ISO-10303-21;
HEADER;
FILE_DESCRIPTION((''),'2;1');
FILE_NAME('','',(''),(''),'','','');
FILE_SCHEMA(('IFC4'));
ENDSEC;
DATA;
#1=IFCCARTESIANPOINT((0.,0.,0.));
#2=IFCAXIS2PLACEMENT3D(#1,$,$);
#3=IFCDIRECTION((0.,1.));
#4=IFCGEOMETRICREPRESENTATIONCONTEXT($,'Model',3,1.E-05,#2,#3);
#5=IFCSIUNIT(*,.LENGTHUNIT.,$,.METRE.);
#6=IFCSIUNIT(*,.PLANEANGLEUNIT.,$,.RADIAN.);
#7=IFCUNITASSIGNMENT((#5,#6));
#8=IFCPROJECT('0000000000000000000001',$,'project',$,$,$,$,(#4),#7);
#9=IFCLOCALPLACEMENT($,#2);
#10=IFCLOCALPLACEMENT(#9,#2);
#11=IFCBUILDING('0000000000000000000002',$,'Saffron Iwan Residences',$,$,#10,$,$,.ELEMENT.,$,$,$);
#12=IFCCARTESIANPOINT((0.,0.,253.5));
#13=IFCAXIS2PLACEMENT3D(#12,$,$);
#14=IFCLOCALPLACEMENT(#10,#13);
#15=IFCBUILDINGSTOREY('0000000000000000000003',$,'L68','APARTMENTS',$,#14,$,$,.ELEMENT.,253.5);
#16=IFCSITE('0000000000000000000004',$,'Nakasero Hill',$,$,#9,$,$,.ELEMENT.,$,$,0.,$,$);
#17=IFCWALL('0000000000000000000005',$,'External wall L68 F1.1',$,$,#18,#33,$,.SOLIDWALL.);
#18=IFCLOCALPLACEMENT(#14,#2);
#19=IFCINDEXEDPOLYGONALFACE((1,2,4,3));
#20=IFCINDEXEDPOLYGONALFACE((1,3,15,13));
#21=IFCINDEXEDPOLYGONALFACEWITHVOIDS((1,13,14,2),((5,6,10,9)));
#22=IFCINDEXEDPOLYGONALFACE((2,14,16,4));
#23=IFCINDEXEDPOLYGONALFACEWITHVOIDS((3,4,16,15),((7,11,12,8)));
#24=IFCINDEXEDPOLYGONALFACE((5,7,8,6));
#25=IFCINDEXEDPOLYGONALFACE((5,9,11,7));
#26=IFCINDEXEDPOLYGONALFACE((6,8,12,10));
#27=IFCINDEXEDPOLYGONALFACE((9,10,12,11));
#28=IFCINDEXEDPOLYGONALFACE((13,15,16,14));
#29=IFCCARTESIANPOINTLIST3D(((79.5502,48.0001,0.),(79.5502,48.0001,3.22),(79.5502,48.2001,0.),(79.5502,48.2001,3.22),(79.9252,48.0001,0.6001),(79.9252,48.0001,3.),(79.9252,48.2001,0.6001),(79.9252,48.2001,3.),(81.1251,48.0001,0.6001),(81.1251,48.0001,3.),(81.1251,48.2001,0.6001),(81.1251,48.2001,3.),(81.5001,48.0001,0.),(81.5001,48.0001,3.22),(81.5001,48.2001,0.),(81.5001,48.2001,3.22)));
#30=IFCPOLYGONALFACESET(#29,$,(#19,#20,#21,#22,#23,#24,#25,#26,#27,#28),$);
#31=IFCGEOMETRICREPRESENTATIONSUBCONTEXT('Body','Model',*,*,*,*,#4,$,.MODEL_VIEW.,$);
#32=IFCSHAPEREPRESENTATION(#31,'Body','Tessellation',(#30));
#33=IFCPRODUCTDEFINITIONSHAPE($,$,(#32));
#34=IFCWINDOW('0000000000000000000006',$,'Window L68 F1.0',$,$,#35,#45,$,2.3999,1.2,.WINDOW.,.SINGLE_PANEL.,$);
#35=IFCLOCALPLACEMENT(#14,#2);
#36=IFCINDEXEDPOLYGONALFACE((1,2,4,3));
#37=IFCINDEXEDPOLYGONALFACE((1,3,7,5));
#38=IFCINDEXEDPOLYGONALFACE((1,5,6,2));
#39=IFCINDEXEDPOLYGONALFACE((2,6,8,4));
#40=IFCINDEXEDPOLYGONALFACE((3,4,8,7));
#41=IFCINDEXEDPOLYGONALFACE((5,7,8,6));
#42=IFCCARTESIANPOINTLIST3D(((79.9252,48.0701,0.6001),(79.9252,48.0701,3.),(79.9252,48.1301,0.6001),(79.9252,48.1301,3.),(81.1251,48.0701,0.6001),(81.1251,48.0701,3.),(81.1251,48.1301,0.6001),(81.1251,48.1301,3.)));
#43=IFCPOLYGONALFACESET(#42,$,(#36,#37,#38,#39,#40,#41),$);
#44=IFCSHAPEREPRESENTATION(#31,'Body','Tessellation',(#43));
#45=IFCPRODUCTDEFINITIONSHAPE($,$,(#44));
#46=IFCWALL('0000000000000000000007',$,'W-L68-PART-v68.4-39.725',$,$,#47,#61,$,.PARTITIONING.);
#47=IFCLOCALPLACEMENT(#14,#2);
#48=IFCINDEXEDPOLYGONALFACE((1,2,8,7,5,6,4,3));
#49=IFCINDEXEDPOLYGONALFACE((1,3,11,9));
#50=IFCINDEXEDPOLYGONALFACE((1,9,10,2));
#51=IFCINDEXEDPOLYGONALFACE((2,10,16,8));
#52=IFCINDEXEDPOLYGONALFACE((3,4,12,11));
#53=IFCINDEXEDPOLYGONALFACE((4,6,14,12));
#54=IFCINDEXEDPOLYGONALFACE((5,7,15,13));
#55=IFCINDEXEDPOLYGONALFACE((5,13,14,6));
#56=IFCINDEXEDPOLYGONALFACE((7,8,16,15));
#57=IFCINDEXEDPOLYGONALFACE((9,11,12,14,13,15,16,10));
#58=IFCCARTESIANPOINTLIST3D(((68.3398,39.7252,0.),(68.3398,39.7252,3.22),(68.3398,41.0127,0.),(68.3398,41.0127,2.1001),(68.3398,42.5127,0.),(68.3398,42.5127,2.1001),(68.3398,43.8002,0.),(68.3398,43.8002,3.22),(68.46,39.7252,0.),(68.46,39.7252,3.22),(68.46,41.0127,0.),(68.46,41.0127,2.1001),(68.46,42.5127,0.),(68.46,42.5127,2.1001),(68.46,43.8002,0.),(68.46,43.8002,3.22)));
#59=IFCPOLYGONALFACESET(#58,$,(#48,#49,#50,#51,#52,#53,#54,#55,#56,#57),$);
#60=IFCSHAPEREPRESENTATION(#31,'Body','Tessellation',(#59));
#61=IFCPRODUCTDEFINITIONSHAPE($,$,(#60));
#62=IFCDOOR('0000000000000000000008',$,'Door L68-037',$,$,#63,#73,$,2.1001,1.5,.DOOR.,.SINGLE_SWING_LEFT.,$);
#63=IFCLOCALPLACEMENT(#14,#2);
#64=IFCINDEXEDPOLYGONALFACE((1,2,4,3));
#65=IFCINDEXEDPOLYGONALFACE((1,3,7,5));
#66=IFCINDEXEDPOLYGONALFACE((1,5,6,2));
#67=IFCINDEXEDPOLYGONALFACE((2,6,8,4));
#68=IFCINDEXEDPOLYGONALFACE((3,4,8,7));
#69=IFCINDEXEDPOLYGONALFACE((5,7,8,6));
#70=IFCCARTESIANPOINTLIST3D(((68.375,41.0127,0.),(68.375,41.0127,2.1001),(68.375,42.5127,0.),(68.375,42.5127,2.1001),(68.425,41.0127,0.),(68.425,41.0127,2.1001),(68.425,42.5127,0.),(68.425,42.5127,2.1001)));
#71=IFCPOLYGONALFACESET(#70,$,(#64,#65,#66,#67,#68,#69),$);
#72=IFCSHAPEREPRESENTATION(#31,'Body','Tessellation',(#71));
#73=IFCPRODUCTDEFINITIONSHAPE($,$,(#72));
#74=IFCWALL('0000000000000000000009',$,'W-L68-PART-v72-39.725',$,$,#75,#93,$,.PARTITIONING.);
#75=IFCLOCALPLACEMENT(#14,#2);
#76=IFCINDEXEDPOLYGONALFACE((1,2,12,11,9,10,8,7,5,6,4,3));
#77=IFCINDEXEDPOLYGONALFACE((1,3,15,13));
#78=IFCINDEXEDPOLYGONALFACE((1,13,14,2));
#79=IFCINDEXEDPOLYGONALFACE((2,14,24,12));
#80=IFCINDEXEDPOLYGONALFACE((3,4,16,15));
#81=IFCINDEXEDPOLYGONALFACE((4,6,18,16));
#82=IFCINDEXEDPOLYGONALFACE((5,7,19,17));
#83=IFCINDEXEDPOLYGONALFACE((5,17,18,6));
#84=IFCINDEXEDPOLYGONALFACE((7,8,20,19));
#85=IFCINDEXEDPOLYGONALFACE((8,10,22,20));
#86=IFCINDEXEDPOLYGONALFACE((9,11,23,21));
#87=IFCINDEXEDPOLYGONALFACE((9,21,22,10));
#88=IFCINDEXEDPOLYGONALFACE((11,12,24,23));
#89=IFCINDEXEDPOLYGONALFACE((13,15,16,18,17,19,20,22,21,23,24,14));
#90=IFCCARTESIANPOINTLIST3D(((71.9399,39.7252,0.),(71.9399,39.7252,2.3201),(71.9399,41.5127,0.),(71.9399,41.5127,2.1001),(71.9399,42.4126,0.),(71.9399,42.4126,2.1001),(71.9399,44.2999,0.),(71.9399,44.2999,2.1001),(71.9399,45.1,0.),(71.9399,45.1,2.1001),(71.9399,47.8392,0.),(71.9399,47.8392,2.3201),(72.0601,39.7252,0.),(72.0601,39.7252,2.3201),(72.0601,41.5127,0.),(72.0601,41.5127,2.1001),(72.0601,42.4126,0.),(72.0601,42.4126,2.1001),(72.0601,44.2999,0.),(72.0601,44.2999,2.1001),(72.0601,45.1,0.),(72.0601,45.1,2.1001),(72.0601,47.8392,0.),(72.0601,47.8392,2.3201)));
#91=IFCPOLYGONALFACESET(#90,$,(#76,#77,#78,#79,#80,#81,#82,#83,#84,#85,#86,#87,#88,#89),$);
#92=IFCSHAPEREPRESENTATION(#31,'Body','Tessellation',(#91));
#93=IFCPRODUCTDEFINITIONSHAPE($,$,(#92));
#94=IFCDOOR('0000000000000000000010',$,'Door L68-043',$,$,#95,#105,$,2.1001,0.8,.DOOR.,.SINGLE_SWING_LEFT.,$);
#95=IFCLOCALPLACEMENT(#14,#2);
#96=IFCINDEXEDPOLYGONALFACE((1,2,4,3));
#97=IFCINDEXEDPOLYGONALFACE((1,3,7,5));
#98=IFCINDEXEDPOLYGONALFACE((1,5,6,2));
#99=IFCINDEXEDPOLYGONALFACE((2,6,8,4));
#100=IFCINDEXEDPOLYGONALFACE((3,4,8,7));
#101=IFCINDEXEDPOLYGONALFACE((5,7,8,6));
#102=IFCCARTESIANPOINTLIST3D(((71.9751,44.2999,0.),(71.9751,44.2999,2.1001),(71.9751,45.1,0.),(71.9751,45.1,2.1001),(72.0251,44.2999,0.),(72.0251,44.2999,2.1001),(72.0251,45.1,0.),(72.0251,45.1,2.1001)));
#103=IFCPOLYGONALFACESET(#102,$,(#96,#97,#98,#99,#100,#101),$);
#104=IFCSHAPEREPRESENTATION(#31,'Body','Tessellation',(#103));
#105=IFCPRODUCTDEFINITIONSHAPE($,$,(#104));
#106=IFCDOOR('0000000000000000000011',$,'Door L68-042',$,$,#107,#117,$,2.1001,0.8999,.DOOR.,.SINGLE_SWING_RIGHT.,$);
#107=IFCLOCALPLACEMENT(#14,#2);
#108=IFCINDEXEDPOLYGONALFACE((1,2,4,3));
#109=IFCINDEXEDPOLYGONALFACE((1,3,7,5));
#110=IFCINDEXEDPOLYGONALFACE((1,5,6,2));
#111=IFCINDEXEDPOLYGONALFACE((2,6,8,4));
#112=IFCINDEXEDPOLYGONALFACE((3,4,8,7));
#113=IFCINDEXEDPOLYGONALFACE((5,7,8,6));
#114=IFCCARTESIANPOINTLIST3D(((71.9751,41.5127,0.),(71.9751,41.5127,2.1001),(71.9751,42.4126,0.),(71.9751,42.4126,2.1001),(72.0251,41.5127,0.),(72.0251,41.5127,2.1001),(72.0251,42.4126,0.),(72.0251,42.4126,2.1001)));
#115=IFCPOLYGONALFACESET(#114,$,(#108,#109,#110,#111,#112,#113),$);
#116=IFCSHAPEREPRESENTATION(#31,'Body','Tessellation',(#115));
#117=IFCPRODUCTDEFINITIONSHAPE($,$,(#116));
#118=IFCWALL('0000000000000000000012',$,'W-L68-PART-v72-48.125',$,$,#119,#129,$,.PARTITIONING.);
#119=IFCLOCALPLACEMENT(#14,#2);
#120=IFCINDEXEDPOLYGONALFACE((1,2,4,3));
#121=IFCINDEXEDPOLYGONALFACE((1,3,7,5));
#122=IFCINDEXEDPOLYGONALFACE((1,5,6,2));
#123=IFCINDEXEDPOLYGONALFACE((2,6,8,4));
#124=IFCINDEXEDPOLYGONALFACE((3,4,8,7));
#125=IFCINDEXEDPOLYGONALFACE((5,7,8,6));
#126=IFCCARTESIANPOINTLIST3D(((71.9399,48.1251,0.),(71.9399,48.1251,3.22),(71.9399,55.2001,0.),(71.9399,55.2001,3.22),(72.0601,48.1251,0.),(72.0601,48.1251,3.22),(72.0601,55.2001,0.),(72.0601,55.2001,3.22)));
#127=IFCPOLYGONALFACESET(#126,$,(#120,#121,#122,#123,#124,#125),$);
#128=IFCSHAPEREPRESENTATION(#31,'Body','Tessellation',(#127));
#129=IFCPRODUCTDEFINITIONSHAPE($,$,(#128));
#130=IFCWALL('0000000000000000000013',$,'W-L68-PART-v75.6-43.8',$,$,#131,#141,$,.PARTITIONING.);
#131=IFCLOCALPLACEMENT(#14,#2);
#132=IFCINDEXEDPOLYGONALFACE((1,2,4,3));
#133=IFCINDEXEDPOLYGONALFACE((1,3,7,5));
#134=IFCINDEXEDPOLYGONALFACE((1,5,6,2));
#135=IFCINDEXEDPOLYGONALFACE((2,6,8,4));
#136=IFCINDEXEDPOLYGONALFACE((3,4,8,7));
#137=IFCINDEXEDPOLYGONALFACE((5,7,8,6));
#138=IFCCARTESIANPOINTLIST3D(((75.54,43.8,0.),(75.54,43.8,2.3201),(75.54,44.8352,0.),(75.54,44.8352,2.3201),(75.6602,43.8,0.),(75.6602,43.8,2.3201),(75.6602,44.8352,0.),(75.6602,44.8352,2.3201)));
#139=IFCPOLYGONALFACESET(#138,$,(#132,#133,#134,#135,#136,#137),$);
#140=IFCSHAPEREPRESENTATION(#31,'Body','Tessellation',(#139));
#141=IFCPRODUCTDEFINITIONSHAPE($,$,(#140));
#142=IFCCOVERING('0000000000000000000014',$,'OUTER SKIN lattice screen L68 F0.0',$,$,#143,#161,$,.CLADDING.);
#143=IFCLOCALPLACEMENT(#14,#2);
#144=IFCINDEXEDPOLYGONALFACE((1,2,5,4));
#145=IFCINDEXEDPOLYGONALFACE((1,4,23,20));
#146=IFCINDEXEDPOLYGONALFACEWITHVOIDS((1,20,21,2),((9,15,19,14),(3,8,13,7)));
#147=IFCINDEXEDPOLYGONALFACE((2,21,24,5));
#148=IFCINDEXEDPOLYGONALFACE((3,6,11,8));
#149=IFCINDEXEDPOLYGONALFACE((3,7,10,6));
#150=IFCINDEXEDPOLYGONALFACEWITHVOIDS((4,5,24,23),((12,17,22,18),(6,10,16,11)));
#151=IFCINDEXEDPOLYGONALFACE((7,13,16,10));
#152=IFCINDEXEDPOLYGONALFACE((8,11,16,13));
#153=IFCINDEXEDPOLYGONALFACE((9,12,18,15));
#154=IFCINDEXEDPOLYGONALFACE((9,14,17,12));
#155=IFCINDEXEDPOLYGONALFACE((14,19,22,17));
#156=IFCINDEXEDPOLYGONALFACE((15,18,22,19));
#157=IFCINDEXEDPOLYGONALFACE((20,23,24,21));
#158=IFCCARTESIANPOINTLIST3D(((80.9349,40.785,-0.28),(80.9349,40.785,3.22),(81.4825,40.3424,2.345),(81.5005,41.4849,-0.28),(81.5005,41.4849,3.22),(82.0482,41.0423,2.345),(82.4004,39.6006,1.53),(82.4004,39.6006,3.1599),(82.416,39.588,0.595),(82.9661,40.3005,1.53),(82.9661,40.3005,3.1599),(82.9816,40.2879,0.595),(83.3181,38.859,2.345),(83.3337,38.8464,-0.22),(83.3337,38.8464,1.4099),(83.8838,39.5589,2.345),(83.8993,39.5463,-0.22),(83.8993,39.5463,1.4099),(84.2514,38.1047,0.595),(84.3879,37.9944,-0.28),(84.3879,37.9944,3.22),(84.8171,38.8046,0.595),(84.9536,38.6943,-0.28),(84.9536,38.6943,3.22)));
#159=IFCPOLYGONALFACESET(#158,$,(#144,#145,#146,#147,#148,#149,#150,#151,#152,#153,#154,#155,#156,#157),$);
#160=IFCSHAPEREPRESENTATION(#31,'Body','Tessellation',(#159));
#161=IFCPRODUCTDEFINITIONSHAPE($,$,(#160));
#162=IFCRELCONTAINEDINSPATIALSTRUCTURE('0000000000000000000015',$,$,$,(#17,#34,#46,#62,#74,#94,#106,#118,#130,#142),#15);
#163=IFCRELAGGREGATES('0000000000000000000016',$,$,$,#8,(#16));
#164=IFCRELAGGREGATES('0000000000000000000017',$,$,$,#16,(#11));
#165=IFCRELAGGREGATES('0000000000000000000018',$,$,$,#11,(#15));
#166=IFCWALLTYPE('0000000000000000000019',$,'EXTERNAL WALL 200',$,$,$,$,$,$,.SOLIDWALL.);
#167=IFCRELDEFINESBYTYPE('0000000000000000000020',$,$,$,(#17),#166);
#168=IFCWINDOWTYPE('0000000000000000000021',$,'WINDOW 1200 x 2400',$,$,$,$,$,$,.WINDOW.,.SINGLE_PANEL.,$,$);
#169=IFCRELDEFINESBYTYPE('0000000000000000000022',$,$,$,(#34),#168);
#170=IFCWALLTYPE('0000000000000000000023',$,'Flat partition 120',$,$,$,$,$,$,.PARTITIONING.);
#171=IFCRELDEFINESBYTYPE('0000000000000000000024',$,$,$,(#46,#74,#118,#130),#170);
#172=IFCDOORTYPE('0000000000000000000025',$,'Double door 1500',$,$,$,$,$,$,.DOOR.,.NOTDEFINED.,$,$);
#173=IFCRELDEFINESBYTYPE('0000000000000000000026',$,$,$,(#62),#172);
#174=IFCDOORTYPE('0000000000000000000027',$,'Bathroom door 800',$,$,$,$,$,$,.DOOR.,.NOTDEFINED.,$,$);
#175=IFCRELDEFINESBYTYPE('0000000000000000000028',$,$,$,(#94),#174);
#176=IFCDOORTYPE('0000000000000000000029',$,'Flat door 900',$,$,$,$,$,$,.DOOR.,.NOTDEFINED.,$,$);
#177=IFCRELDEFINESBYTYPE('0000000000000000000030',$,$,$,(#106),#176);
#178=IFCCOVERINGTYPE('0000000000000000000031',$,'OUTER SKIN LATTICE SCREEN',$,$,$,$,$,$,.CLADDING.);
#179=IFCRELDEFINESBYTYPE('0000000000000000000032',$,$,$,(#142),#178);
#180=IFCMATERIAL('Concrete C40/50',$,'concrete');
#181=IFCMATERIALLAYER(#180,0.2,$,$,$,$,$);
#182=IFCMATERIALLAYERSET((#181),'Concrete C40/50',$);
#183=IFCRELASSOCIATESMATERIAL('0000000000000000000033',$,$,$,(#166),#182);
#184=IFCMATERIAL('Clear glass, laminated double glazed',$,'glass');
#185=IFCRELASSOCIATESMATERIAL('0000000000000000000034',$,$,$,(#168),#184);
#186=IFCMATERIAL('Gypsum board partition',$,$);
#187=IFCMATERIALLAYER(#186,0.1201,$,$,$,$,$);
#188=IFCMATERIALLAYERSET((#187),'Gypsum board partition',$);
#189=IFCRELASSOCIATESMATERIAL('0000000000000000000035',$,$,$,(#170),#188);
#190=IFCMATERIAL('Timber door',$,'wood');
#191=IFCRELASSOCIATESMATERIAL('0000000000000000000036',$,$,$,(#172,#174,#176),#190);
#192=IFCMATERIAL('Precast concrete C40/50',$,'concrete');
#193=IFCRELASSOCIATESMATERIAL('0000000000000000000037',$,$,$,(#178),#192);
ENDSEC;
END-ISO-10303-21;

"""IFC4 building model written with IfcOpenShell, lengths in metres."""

from ifc_helpers import new_model, si_unit, direction, frame, frame_2d, origin, place, context, subcontext, project, spatial, polyline, rectangle, outline, extrude, material, layer, layer_set, type_object, element, fill, save


model = new_model("IFC4")

# Units and contexts
model_context = context("Model", 3, precision=1e-05, world=origin(), true_north=direction((0.0, 1.0)))
body_context = subcontext(model_context, "Body", "Model", "MODEL_VIEW")
ifc_project = project(units=[si_unit("LENGTHUNIT", "METRE"), si_unit("PLANEANGLEUNIT", "RADIAN")], contexts=[model_context])

# Site, building, storey
site_placement = place(None, origin())
site = spatial("IfcSite", under=ifc_project, at=site_placement, Name="Nakasero Hill", CompositionType="ELEMENT", RefElevation=0.0)
building_placement = place(site_placement, origin())
building = spatial("IfcBuilding", under=site, at=building_placement, Name="Saffron Iwan Residences", CompositionType="ELEMENT")
storey_placement = place(building_placement, frame((0.0, 0.0, 253.5)))
storey = spatial("IfcBuildingStorey", under=building, at=storey_placement, Name="L68", Description="APARTMENTS", CompositionType="ELEMENT", Elevation=253.5)

# Shared definitions
ifc_material_1 = material(Name="Concrete C40/50", Category="concrete")

# Shared definitions
ifc_layer_1 = layer(ifc_material_1, 0.2)
ifc_layer_set_1 = layer_set([ifc_layer_1], Name="Concrete C40/50")
wall_type_1 = type_object("IfcWallType", Name="EXTERNAL WALL 200", PredefinedType="SOLIDWALL", material=ifc_layer_set_1)
ifc_material_2 = material(Name="Clear glass, laminated double glazed", Category="glass")

# Wall, opening, window
wall_1_placement = place(storey_placement, frame((79.55, 48.1001, 0.0), z_axis=(0.0, 0.0, 1.0), x_axis=(1.0, 0.0, 0.0)))
wall_1 = element("IfcWall", 1, at=wall_1_placement, inside=storey, type_object=wall_type_1, Name="External wall L68 F1.1", PredefinedType="SOLIDWALL", context=body_context, shape_type="SweptSolid", body=[
    extrude(rectangle(XDim=1.95, YDim=0.2, at=frame_2d((0.9751, 0.0))), origin(), (0.0, 0.0, 1.0), 3.22),
])
opening_1_placement = place(wall_1_placement, frame((0.375, 0.0, 0.6001)))
opening_1 = element("IfcOpeningElement", 2, at=opening_1_placement, cuts=wall_1, PredefinedType="OPENING", context=body_context, shape_type="SweptSolid", body=[
    extrude(rectangle(XDim=1.2, YDim=2.3999, at=frame_2d((0.6001, 1.2))), frame((0.0, 0.1099, 0.0), z_axis=(0.0, -1.0, 0.0), x_axis=(1.0, 0.0, 0.0)), (0.0, 0.0, 1.0), 0.22),
])
window_type_1 = type_object("IfcWindowType", Name="WINDOW 1200 x 2400", PartitioningType="SINGLE_PANEL", PredefinedType="WINDOW", material=ifc_material_2)
window_1_placement = place(opening_1_placement, origin())
window_1 = element("IfcWindow", 3, at=window_1_placement, inside=storey, type_object=window_type_1, Name="Window L68 F1.0", OverallHeight=2.3999, OverallWidth=1.2, PartitioningType="SINGLE_PANEL", PredefinedType="WINDOW", context=body_context, shape_type="SweptSolid", body=[
    extrude(rectangle(XDim=1.2, YDim=2.3999, at=frame_2d((0.6001, 1.2))), frame((0.0, 0.03, 0.0), z_axis=(0.0, -1.0, 0.0), x_axis=(1.0, 0.0, 0.0)), (0.0, 0.0, 1.0), 0.0601),
])
fill(opening_1, window_1)

# Wall, opening, door
ifc_material_3 = material(Name="Gypsum board partition")
ifc_layer_2 = layer(ifc_material_3, 0.1201)
ifc_layer_set_2 = layer_set([ifc_layer_2], Name="Gypsum board partition")
wall_type_2 = type_object("IfcWallType", Name="Flat partition 120", PredefinedType="PARTITIONING", material=ifc_layer_set_2)
wall_2_placement = place(storey_placement, frame((68.3999, 39.7251, 0.0), z_axis=(0.0, 0.0, 1.0), x_axis=(0.0, 1.0, 0.0)))
wall_2 = element("IfcWall", 4, at=wall_2_placement, inside=storey, type_object=wall_type_2, Name="W-L68-PART-v68.4-39.725", PredefinedType="PARTITIONING", context=body_context, shape_type="SweptSolid", body=[
    extrude(rectangle(XDim=4.075, YDim=0.1201, at=frame_2d((2.0376, 0.0))), origin(), (0.0, 0.0, 1.0), 3.22),
])
opening_2_placement = place(wall_2_placement, frame((1.2876, 0.0, 0.0)))
opening_2 = element("IfcOpeningElement", 5, at=opening_2_placement, cuts=wall_2, PredefinedType="OPENING", context=body_context, shape_type="SweptSolid", body=[
    extrude(rectangle(XDim=1.5, YDim=2.1001, at=frame_2d((0.75, 1.05))), frame((0.0, 0.0701, 0.0), z_axis=(0.0, -1.0, 0.0), x_axis=(1.0, 0.0, 0.0)), (0.0, 0.0, 1.0), 0.1401),
])
ifc_material_4 = material(Name="Timber door", Category="wood")
door_type_1 = type_object("IfcDoorType", Name="Double door 1500", OperationType="NOTDEFINED", PredefinedType="DOOR", material=ifc_material_4)
door_1_placement = place(opening_2_placement, origin())
door_1 = element("IfcDoor", 6, at=door_1_placement, inside=storey, type_object=door_type_1, Name="Door L68-037", OperationType="SINGLE_SWING_LEFT", OverallHeight=2.1001, OverallWidth=1.5, PredefinedType="DOOR", context=body_context, shape_type="SweptSolid", body=[
    extrude(rectangle(XDim=1.5, YDim=2.1001, at=frame_2d((0.75, 1.05))), frame((0.0, 0.0249, 0.0), z_axis=(0.0, -1.0, 0.0), x_axis=(1.0, 0.0, 0.0)), (0.0, 0.0, 1.0), 0.05),
])
fill(opening_2, door_1)

# Wall, openings, doors
wall_3_placement = place(storey_placement, frame((72.0, 39.7251, 0.0), z_axis=(0.0, 0.0, 1.0), x_axis=(0.0, 1.0, 0.0)))
wall_3 = element("IfcWall", 7, at=wall_3_placement, inside=storey, type_object=wall_type_2, Name="W-L68-PART-v72-39.725", PredefinedType="PARTITIONING", context=body_context, shape_type="SweptSolid", body=[
    extrude(rectangle(XDim=8.114, YDim=0.1201, at=frame_2d((4.0571, 0.0))), origin(), (0.0, 0.0, 1.0), 2.3201),
])
opening_3_placement = place(wall_3_placement, frame((1.7876, 0.0, 0.0)))
opening_3 = element("IfcOpeningElement", 8, at=opening_3_placement, cuts=wall_3, PredefinedType="OPENING", context=body_context, shape_type="SweptSolid", body=[
    extrude(rectangle(XDim=0.8999, YDim=2.1001, at=frame_2d((0.45, 1.05))), frame((0.0, 0.0701, 0.0), z_axis=(0.0, -1.0, 0.0), x_axis=(1.0, 0.0, 0.0)), (0.0, 0.0, 1.0), 0.1401),
])
opening_4_placement = place(wall_3_placement, frame((4.575, 0.0, 0.0)))
opening_4 = element("IfcOpeningElement", 9, at=opening_4_placement, cuts=wall_3, PredefinedType="OPENING", context=body_context, shape_type="SweptSolid", body=[
    extrude(rectangle(XDim=0.8, YDim=2.1001, at=frame_2d((0.3999, 1.05))), frame((0.0, 0.0701, 0.0), z_axis=(0.0, -1.0, 0.0), x_axis=(1.0, 0.0, 0.0)), (0.0, 0.0, 1.0), 0.1401),
])
door_type_2 = type_object("IfcDoorType", Name="Bathroom door 800", OperationType="NOTDEFINED", PredefinedType="DOOR", material=ifc_material_4)
door_2_placement = place(opening_4_placement, origin())
door_2 = element("IfcDoor", 10, at=door_2_placement, inside=storey, type_object=door_type_2, Name="Door L68-043", OperationType="SINGLE_SWING_LEFT", OverallHeight=2.1001, OverallWidth=0.8, PredefinedType="DOOR", context=body_context, shape_type="SweptSolid", body=[
    extrude(rectangle(XDim=0.8, YDim=2.1001, at=frame_2d((0.3999, 1.05))), frame((0.0, 0.0249, 0.0), z_axis=(0.0, -1.0, 0.0), x_axis=(1.0, 0.0, 0.0)), (0.0, 0.0, 1.0), 0.05),
])
fill(opening_4, door_2)
door_type_3 = type_object("IfcDoorType", Name="Flat door 900", OperationType="NOTDEFINED", PredefinedType="DOOR", material=ifc_material_4)
door_3_placement = place(opening_3_placement, origin())
door_3 = element("IfcDoor", 11, at=door_3_placement, inside=storey, type_object=door_type_3, Name="Door L68-042", OperationType="SINGLE_SWING_RIGHT", OverallHeight=2.1001, OverallWidth=0.8999, PredefinedType="DOOR", context=body_context, shape_type="SweptSolid", body=[
    extrude(rectangle(XDim=0.8999, YDim=2.1001, at=frame_2d((0.45, 1.05))), frame((0.0, 0.0249, 0.0), z_axis=(0.0, -1.0, 0.0), x_axis=(1.0, 0.0, 0.0)), (0.0, 0.0, 1.0), 0.05),
])
fill(opening_3, door_3)

# Walls
wall_4_placement = place(storey_placement, frame((72.0, 48.125, 0.0), z_axis=(0.0, 0.0, 1.0), x_axis=(0.0, 1.0, 0.0)))
element("IfcWall", 12, at=wall_4_placement, inside=storey, type_object=wall_type_2, Name="W-L68-PART-v72-48.125", PredefinedType="PARTITIONING", context=body_context, shape_type="SweptSolid", body=[
    extrude(rectangle(XDim=7.075, YDim=0.1201, at=frame_2d((3.5376, 0.0))), origin(), (0.0, 0.0, 1.0), 3.22),
])
wall_5_placement = place(storey_placement, frame((75.6001, 43.8, 0.0), z_axis=(0.0, 0.0, 1.0), x_axis=(0.0, 1.0, 0.0)))
element("IfcWall", 13, at=wall_5_placement, inside=storey, type_object=wall_type_2, Name="W-L68-PART-v75.6-43.8", PredefinedType="PARTITIONING", context=body_context, shape_type="SweptSolid", body=[
    extrude(rectangle(XDim=1.0352, YDim=0.1201, at=frame_2d((0.5176, 0.0))), origin(), (0.0, 0.0, 1.0), 2.3201),
])

# Covering
ifc_material_5 = material(Name="Precast concrete C40/50", Category="concrete")
covering_type = type_object("IfcCoveringType", Name="OUTER SKIN LATTICE SCREEN", PredefinedType="CLADDING", material=ifc_material_5)
covering_1_placement = place(storey_placement, frame((84.3879, 37.9944, -0.28), z_axis=(0.628558, 0.777763, 0.0), x_axis=(-0.777763, 0.628558, 0.0)))
element("IfcCovering", 14, at=covering_1_placement, inside=storey, type_object=covering_type, Name="OUTER SKIN lattice screen L68 F0.0", PredefinedType="CLADDING", context=body_context, shape_type="SweptSolid", body=[
    extrude(outline(polyline([(0.0, 0.0), (4.4397, 0.0), (4.4397, 3.5), (0.0, 3.5), (0.0, 0.0)]), holes=[polyline([(0.1755, 0.875), (1.3555, 0.0601), (2.5354, 0.875), (1.3555, 1.6899), (0.1755, 0.875)]), polyline([(1.3755, 2.625), (2.5554, 1.8101), (3.7356, 2.625), (2.5554, 3.4399), (1.3755, 2.625)])]), origin(), (0.0, 0.0, 1.0), 0.8999),
])

save(model, "model.ifc")
